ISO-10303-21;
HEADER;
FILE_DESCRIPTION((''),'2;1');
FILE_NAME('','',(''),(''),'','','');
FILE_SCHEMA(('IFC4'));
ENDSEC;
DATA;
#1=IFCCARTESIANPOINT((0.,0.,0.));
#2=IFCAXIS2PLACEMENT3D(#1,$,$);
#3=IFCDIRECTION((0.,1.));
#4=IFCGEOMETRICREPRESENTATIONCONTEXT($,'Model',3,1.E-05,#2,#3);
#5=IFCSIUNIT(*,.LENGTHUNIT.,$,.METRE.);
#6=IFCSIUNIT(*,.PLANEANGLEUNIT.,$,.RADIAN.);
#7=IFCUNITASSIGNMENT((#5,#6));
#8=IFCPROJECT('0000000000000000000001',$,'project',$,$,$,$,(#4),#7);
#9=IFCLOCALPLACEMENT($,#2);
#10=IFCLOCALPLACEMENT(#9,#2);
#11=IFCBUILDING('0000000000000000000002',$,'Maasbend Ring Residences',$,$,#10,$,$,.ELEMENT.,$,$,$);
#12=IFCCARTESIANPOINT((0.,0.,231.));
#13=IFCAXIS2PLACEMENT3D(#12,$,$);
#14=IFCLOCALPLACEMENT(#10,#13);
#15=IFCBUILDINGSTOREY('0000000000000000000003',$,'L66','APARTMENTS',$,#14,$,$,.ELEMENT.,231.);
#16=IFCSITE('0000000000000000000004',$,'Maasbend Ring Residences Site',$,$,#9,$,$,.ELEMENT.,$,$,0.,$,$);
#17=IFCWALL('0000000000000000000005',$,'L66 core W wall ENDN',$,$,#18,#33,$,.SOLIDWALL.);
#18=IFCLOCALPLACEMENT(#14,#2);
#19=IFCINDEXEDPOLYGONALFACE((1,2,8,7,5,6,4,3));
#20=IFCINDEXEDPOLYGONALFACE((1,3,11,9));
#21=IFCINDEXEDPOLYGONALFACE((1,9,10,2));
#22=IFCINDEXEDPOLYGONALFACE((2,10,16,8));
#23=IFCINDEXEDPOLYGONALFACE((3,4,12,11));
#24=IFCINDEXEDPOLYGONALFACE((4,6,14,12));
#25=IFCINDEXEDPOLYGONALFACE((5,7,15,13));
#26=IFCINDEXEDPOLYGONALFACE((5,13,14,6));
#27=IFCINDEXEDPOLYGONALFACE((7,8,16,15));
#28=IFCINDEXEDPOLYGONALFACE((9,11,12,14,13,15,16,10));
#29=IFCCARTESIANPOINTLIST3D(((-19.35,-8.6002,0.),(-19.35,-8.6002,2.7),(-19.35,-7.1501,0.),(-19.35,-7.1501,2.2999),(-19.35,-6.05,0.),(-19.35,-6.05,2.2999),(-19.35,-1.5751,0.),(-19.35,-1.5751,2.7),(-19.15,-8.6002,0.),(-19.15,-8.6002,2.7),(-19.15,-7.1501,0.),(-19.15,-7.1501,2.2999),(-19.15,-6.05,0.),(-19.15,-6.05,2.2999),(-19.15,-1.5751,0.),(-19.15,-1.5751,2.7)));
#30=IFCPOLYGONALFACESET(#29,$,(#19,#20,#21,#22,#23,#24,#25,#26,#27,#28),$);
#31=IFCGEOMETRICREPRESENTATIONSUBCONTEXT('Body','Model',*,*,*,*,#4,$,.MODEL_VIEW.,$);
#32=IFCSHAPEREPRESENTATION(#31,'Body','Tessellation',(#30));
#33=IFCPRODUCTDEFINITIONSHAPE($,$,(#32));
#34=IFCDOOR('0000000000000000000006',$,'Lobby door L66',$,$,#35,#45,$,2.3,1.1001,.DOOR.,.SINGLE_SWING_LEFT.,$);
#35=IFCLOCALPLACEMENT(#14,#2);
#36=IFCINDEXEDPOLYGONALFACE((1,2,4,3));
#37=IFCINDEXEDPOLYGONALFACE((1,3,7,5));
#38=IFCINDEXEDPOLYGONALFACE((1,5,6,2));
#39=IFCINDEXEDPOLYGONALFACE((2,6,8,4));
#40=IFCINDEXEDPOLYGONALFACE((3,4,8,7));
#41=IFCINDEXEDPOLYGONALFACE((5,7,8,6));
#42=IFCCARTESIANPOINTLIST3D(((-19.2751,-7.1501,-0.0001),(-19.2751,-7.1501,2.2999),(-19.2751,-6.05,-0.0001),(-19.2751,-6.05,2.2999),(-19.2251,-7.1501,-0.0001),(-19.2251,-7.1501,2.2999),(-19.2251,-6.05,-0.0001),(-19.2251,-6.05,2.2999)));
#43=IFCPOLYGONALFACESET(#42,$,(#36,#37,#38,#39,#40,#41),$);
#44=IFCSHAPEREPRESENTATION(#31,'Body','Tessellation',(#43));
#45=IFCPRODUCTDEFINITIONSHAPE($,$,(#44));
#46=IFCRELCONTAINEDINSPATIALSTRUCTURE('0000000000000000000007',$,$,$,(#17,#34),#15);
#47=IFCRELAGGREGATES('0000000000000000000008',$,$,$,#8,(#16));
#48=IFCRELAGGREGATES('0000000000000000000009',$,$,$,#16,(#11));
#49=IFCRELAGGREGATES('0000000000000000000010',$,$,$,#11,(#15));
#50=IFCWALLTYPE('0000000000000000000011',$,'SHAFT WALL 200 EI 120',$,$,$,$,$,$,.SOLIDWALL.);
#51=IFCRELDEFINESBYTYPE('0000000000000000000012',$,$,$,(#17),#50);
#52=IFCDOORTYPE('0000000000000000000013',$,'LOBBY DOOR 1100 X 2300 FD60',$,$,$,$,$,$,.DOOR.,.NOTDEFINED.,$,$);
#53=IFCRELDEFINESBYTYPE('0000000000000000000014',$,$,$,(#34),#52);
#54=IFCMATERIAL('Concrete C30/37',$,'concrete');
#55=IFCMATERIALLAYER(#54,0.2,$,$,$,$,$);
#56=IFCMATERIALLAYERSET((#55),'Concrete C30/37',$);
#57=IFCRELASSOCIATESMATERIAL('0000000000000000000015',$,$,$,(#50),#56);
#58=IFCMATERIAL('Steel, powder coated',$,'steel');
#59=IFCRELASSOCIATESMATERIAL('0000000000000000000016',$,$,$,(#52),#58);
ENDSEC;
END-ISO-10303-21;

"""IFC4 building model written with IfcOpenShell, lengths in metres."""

from ifc_helpers import new_model, si_unit, direction, frame, frame_2d, origin, place, context, subcontext, project, spatial, rectangle, extrude, material, layer, layer_set, type_object, element, fill, save


model = new_model("IFC4")

# Units and contexts
model_context = context("Model", 3, precision=1e-05, world=origin(), true_north=direction((0.0, 1.0)))
body_context = subcontext(model_context, "Body", "Model", "MODEL_VIEW")
ifc_project = project(units=[si_unit("LENGTHUNIT", "METRE"), si_unit("PLANEANGLEUNIT", "RADIAN")], contexts=[model_context])

# Site, building, storey
site_placement = place(None, origin())
site = spatial("IfcSite", under=ifc_project, at=site_placement, Name="Maasbend Ring Residences Site", CompositionType="ELEMENT", RefElevation=0.0)
building_placement = place(site_placement, origin())
building = spatial("IfcBuilding", under=site, at=building_placement, Name="Maasbend Ring Residences", CompositionType="ELEMENT")
storey_placement = place(building_placement, frame((0.0, 0.0, 231.0)))
storey = spatial("IfcBuildingStorey", under=building, at=storey_placement, Name="L66", Description="APARTMENTS", CompositionType="ELEMENT", Elevation=231.0)

# Wall, opening, door
ifc_material_1 = material(Name="Concrete C30/37", Category="concrete")
ifc_layer_1 = layer(ifc_material_1, 0.2)
ifc_layer_set_1 = layer_set([ifc_layer_1], Name="Concrete C30/37")
wall_type_1 = type_object("IfcWallType", Name="SHAFT WALL 200 EI 120", PredefinedType="SOLIDWALL", material=ifc_layer_set_1)
wall_1_placement = place(storey_placement, frame((-19.25, -1.575, 0.0), z_axis=(0.0, 0.0, 1.0), x_axis=(0.0, -1.0, 0.0)))
wall_1 = element("IfcWall", 1, at=wall_1_placement, inside=storey, type_object=wall_type_1, Name="L66 core W wall ENDN", PredefinedType="SOLIDWALL", context=body_context, shape_type="SweptSolid", body=[
    extrude(rectangle(XDim=7.0251, YDim=0.2, at=frame_2d((3.5127, 0.0))), origin(), (0.0, 0.0, 1.0), 2.7),
])
opening_1_placement = place(wall_1_placement, frame((4.4751, 0.0, 0.0)))
opening_1 = element("IfcOpeningElement", 2, at=opening_1_placement, cuts=wall_1, PredefinedType="OPENING", context=body_context, shape_type="SweptSolid", body=[
    extrude(rectangle(XDim=1.1001, YDim=2.3, at=frame_2d((0.55, 1.1499))), frame((0.0, 0.1099, 0.0), z_axis=(0.0, -1.0, 0.0), x_axis=(1.0, 0.0, 0.0)), (0.0, 0.0, 1.0), 0.22),
])
ifc_material_2 = material(Name="Steel, powder coated", Category="steel")
door_type_1 = type_object("IfcDoorType", Name="LOBBY DOOR 1100 X 2300 FD60", OperationType="NOTDEFINED", PredefinedType="DOOR", material=ifc_material_2)
door_1_placement = place(opening_1_placement, origin())
door_1 = element("IfcDoor", 3, at=door_1_placement, inside=storey, type_object=door_type_1, Name="Lobby door L66", OperationType="SINGLE_SWING_LEFT", OverallHeight=2.3, OverallWidth=1.1001, PredefinedType="DOOR", context=body_context, shape_type="SweptSolid", body=[
    extrude(rectangle(XDim=1.1001, YDim=2.3, at=frame_2d((0.55, 1.1499))), frame((0.0, 0.0249, 0.0), z_axis=(0.0, -1.0, 0.0), x_axis=(1.0, 0.0, 0.0)), (0.0, 0.0, 1.0), 0.05),
])
fill(opening_1, door_1)

save(model, "model.ifc")
